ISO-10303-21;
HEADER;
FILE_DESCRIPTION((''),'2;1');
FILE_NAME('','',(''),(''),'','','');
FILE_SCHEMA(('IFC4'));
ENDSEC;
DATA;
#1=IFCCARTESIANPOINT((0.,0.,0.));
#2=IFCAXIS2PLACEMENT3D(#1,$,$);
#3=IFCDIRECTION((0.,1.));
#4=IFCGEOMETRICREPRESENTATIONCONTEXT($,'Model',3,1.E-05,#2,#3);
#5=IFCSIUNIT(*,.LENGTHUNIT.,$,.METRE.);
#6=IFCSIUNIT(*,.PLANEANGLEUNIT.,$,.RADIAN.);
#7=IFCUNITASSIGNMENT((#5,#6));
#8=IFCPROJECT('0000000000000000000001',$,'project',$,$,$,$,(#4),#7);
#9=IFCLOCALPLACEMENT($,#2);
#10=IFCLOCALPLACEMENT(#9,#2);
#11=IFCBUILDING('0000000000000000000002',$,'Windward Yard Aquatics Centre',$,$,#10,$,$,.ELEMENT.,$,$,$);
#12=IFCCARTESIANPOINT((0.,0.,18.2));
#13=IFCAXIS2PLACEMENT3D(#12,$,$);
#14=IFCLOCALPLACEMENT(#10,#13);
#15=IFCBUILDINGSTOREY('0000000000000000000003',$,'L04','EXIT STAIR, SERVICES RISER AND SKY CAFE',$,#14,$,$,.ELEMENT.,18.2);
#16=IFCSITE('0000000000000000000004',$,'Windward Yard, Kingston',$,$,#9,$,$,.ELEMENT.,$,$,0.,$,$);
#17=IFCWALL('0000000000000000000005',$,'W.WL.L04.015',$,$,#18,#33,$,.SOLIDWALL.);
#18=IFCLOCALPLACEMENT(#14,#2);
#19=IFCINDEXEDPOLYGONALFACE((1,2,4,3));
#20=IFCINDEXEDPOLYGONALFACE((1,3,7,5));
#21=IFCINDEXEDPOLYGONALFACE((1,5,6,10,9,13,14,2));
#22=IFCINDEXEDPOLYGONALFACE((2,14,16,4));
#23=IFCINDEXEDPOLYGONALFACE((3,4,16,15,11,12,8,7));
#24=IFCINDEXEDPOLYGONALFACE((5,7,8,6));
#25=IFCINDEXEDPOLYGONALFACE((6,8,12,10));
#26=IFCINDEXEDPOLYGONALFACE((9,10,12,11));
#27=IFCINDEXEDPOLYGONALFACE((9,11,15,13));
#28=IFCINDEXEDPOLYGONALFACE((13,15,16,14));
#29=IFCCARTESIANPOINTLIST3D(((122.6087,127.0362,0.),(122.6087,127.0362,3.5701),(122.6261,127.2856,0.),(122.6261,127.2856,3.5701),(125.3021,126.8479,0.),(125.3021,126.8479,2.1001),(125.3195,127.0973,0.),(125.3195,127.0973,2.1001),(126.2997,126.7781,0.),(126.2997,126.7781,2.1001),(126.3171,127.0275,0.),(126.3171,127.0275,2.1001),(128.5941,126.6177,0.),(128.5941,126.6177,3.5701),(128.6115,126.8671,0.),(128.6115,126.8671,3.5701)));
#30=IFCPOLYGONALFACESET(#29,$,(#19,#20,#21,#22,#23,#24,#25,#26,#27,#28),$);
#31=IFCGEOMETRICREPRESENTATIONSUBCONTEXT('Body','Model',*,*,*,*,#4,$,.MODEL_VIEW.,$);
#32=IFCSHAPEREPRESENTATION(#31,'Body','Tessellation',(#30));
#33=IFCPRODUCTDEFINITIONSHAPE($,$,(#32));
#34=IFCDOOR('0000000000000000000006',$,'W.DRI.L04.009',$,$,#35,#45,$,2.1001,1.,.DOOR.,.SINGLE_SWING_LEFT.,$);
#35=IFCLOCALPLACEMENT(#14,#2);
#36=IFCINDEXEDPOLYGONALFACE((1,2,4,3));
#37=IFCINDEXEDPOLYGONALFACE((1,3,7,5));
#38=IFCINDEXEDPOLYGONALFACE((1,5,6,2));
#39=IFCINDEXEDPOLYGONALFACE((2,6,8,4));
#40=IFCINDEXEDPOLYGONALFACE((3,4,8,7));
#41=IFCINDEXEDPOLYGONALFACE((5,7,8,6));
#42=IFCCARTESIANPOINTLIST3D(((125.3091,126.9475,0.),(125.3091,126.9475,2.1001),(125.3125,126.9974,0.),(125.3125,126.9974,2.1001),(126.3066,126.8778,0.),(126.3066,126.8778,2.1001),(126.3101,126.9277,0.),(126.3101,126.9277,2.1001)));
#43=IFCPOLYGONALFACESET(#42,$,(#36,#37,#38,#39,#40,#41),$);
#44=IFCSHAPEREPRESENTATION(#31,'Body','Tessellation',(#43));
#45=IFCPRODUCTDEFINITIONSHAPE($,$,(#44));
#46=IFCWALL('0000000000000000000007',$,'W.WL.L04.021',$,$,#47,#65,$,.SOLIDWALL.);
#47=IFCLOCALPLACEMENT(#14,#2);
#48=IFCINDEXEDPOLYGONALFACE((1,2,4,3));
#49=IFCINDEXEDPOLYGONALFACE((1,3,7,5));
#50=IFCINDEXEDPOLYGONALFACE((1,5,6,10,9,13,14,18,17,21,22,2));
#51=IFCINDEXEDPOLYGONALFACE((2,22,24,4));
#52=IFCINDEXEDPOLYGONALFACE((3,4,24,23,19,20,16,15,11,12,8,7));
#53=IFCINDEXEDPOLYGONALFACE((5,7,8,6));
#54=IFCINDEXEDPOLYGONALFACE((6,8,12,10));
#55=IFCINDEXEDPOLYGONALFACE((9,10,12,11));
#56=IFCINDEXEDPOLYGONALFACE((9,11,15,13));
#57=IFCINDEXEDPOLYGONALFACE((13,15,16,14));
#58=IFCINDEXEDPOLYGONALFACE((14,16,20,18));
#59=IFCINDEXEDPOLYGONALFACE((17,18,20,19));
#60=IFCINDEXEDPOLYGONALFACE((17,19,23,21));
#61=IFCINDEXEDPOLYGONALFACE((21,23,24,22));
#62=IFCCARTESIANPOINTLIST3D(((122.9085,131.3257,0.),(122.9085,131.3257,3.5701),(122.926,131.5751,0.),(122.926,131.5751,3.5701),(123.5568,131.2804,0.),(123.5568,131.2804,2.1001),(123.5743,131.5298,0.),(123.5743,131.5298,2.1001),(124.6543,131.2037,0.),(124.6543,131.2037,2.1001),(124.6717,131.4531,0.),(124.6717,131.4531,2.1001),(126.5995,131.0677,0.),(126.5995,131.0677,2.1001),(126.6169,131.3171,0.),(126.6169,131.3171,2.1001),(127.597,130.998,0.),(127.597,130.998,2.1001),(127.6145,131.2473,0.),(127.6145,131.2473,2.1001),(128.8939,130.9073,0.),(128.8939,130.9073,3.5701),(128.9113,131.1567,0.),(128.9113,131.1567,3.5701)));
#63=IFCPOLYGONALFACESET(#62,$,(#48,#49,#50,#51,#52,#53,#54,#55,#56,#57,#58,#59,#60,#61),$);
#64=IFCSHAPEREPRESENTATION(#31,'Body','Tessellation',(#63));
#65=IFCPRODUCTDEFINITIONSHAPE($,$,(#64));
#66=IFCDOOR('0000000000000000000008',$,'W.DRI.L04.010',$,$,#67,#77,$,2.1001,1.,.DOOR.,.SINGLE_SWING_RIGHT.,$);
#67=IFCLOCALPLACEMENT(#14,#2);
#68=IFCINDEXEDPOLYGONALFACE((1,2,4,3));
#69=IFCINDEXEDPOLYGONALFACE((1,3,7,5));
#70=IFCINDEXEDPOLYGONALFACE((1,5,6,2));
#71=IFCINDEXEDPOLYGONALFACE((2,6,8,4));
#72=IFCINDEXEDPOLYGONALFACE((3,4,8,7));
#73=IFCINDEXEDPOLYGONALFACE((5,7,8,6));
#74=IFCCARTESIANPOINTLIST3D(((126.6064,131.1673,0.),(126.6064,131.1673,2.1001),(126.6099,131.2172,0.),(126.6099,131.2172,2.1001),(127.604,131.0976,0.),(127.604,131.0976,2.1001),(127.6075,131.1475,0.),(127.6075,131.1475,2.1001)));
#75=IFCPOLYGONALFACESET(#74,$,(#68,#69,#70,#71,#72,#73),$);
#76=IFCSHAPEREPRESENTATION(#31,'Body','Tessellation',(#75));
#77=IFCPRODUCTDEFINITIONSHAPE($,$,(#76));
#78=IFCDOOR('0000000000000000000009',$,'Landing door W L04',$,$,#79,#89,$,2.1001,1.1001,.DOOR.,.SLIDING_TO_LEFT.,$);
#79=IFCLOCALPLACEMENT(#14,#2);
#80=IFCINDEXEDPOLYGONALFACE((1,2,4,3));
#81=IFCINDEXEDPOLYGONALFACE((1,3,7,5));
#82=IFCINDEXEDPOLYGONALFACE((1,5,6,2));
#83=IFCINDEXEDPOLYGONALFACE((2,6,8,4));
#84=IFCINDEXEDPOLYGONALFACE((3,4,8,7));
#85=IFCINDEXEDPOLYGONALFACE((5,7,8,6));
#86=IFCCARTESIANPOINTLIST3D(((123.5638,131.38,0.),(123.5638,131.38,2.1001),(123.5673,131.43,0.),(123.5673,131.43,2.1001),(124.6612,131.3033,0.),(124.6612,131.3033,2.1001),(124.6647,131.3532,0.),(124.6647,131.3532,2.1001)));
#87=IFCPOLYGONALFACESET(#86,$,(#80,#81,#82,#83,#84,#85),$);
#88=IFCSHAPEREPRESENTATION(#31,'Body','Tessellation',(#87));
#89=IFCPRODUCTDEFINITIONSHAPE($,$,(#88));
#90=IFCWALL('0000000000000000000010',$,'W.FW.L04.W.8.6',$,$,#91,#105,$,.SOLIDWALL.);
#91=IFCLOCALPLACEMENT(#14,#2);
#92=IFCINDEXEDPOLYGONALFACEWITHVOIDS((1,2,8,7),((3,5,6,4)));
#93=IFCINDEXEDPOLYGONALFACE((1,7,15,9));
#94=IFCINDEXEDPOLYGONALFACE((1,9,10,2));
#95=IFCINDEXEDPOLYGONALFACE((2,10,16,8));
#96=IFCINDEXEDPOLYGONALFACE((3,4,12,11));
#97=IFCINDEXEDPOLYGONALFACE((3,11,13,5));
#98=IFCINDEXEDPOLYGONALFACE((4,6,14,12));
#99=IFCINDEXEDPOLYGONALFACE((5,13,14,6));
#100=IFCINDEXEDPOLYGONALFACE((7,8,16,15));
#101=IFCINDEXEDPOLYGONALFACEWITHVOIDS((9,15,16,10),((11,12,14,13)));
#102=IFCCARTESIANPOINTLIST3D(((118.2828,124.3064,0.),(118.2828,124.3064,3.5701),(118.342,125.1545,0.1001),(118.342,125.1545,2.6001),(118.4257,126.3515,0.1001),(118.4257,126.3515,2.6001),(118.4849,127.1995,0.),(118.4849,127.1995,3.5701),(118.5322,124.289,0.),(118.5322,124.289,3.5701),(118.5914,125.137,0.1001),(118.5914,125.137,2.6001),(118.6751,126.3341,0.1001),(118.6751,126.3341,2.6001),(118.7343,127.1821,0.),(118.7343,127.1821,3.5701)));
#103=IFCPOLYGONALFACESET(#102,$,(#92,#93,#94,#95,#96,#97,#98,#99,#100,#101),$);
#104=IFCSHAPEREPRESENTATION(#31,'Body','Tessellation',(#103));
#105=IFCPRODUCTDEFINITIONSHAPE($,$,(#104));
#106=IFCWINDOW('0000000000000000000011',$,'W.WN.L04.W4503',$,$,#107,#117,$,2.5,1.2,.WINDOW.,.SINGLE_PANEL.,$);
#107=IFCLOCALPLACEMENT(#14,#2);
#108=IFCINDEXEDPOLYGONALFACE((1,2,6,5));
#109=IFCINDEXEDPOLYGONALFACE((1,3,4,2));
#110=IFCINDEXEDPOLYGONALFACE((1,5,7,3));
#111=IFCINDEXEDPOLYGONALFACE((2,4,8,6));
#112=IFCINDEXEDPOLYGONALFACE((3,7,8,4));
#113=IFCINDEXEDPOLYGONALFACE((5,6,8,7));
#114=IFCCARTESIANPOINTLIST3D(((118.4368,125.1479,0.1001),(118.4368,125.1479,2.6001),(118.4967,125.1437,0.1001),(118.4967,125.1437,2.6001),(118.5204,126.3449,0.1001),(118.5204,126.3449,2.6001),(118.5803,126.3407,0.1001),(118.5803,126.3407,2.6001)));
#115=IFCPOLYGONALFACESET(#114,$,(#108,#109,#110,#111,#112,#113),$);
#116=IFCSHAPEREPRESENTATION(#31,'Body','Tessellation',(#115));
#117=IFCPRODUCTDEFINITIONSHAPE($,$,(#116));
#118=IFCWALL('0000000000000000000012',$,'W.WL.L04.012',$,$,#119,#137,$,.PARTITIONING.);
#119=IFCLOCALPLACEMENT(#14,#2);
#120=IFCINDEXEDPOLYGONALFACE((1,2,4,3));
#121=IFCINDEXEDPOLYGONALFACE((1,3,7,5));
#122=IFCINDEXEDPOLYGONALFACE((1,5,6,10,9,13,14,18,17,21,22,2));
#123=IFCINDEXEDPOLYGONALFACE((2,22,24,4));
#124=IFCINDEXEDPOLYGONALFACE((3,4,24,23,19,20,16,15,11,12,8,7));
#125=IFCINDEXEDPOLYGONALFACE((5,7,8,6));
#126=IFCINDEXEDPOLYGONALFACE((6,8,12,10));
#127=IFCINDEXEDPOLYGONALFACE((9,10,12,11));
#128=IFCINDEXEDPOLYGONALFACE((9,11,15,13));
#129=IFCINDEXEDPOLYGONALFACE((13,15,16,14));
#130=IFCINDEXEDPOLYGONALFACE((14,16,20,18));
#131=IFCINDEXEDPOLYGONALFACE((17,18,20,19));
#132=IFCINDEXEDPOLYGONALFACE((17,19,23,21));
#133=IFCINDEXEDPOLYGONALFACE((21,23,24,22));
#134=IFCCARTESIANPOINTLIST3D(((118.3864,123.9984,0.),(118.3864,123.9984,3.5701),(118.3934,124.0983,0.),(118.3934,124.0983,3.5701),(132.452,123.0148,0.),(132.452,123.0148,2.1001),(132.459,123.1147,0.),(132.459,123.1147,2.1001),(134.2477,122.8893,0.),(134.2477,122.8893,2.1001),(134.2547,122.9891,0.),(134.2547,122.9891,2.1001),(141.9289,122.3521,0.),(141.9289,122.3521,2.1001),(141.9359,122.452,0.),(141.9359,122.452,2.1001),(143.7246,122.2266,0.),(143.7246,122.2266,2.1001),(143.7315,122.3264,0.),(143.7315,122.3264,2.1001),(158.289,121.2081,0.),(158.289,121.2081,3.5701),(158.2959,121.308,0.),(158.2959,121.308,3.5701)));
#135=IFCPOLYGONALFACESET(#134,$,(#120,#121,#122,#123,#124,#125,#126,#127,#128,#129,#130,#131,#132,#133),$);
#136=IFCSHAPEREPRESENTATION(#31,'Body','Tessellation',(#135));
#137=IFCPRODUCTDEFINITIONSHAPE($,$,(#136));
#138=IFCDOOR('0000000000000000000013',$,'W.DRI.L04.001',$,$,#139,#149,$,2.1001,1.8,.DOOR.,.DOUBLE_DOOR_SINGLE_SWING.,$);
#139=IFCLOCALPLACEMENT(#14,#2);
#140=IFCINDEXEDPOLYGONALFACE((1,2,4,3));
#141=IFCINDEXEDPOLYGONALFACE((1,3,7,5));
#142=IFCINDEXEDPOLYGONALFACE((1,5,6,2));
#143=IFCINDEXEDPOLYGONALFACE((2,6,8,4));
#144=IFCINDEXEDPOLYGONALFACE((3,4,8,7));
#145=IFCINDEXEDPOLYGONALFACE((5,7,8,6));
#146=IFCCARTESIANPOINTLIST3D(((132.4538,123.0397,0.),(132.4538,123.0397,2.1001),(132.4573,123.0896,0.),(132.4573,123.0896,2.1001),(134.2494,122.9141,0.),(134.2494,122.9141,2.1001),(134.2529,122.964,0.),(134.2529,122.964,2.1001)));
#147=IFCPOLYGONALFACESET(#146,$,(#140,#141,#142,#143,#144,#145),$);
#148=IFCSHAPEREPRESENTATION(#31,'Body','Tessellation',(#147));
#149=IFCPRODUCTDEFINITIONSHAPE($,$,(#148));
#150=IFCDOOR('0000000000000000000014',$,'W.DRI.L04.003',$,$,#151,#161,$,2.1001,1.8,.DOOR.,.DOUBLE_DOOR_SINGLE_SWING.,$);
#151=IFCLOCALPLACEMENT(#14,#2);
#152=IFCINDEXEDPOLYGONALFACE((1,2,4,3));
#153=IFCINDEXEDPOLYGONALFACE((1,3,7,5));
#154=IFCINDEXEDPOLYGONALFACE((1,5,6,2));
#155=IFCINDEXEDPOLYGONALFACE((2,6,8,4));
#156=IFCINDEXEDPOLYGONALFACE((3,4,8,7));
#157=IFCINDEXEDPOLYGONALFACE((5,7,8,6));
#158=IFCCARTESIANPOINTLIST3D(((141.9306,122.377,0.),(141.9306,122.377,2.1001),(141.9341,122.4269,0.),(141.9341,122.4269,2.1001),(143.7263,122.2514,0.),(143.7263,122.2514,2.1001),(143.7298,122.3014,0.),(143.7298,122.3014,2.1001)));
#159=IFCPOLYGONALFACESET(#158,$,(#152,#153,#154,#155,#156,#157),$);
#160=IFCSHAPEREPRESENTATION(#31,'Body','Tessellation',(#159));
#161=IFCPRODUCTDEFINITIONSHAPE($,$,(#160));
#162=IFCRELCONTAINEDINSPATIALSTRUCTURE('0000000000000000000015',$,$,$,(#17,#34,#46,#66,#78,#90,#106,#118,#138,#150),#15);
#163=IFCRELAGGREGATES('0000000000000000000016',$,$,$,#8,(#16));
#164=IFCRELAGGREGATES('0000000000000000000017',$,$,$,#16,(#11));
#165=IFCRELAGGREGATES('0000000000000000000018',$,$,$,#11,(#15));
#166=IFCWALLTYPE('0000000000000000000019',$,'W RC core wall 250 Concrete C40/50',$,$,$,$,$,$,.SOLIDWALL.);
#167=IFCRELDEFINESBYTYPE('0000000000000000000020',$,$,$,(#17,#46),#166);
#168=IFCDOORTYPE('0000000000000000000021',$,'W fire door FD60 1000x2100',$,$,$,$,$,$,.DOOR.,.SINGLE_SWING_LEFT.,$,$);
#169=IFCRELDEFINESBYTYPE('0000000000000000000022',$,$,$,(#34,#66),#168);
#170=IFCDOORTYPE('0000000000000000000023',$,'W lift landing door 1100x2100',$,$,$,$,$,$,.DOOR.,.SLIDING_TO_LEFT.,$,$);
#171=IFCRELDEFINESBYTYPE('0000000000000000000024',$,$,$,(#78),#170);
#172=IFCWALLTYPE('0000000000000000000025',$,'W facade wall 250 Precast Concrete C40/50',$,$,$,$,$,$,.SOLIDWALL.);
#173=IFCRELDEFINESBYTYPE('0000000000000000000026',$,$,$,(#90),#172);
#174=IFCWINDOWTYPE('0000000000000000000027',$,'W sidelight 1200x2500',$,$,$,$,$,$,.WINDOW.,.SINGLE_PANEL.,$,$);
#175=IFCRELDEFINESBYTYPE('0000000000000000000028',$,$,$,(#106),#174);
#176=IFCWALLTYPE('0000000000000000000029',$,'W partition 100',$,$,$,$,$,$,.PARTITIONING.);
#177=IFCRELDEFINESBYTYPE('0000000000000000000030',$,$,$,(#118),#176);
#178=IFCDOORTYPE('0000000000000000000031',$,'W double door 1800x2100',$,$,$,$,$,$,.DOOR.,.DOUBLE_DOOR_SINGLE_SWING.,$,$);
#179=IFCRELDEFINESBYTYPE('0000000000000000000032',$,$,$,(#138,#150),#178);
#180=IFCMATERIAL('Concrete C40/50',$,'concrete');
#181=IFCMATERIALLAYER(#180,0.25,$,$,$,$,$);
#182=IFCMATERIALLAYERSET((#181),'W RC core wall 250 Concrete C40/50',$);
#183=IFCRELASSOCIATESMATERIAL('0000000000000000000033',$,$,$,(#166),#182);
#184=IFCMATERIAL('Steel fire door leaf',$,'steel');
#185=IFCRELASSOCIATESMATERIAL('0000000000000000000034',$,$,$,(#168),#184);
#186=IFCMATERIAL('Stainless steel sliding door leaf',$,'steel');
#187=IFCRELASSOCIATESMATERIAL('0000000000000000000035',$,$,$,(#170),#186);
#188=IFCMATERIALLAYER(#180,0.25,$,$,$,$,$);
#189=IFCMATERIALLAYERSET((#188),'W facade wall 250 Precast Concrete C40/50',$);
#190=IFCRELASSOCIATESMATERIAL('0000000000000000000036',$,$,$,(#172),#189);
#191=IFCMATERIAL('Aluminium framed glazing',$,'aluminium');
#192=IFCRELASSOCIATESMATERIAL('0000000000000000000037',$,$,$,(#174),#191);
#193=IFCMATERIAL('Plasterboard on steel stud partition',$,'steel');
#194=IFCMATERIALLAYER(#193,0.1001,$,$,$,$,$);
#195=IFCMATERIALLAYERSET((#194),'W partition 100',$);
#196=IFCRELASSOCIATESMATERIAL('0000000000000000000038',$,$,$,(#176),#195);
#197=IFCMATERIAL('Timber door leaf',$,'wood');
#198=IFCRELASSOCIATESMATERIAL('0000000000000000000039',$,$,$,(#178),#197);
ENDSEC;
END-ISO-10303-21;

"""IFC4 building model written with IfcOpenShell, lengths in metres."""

from ifc_helpers import new_model, si_unit, direction, frame, frame_2d, origin, place, context, subcontext, project, spatial, rectangle, extrude, material, layer, layer_set, type_object, element, fill, save


model = new_model("IFC4")

# Units and contexts
model_context = context("Model", 3, precision=1e-05, world=origin(), true_north=direction((0.0, 1.0)))
body_context = subcontext(model_context, "Body", "Model", "MODEL_VIEW")
ifc_project = project(units=[si_unit("LENGTHUNIT", "METRE"), si_unit("PLANEANGLEUNIT", "RADIAN")], contexts=[model_context])

# Site, building, storey
site_placement = place(None, origin())
site = spatial("IfcSite", under=ifc_project, at=site_placement, Name="Windward Yard, Kingston", CompositionType="ELEMENT", RefElevation=0.0)
building_placement = place(site_placement, origin())
building = spatial("IfcBuilding", under=site, at=building_placement, Name="Windward Yard Aquatics Centre", CompositionType="ELEMENT")
storey_placement = place(building_placement, frame((0.0, 0.0, 18.2)))
storey = spatial("IfcBuildingStorey", under=building, at=storey_placement, Name="L04", Description="EXIT STAIR, SERVICES RISER AND SKY CAFE", CompositionType="ELEMENT", Elevation=18.2)

# Shared definitions
ifc_material_1 = material(Name="Concrete C40/50", Category="concrete")

# Shared definitions
ifc_layer_1 = layer(ifc_material_1, 0.25)
ifc_layer_set_1 = layer_set([ifc_layer_1], Name="W RC core wall 250 Concrete C40/50")
wall_type_1 = type_object("IfcWallType", Name="W RC core wall 250 Concrete C40/50", PredefinedType="SOLIDWALL", material=ifc_layer_set_1)

# Wall, opening, door
ifc_material_2 = material(Name="Steel fire door leaf", Category="steel")
wall_1_placement = place(storey_placement, frame((122.6174, 127.1609, 0.0), z_axis=(0.0, 0.0, 1.0), x_axis=(0.997565, -0.069743, 0.0)))
wall_1 = element("IfcWall", 1, at=wall_1_placement, inside=storey, type_object=wall_type_1, Name="W.WL.L04.015", PredefinedType="SOLIDWALL", context=body_context, shape_type="SweptSolid", body=[
    extrude(rectangle(XDim=6.0, YDim=0.25, at=frame_2d((3.0, 0.0))), origin(), (0.0, 0.0, 1.0), 3.5701),
])
opening_1_placement = place(wall_1_placement, frame((2.7, 0.0, 0.0)))
opening_1 = element("IfcOpeningElement", 2, at=opening_1_placement, cuts=wall_1, PredefinedType="OPENING", context=body_context, shape_type="SweptSolid", body=[
    extrude(rectangle(XDim=1.0, YDim=2.1001, at=frame_2d((0.5, 1.05))), frame((0.0, 0.135, 0.0), z_axis=(0.0, -1.0, 0.0), x_axis=(1.0, 0.0, 0.0)), (0.0, 0.0, 1.0), 0.27),
])
door_type_1 = type_object("IfcDoorType", Name="W fire door FD60 1000x2100", OperationType="SINGLE_SWING_LEFT", PredefinedType="DOOR", material=ifc_material_2)
door_1_placement = place(opening_1_placement, origin())
door_1 = element("IfcDoor", 3, at=door_1_placement, inside=storey, type_object=door_type_1, Name="W.DRI.L04.009", OperationType="SINGLE_SWING_LEFT", OverallHeight=2.1001, OverallWidth=1.0, PredefinedType="DOOR", context=body_context, shape_type="SweptSolid", body=[
    extrude(rectangle(XDim=1.0, YDim=2.1001, at=frame_2d((0.5, 1.05))), frame((0.0, 0.0249, 0.0), z_axis=(0.0, -1.0, 0.0), x_axis=(1.0, 0.0, 0.0)), (0.0, 0.0, 1.0), 0.05),
])
fill(opening_1, door_1)

# Wall, openings, doors
wall_2_placement = place(storey_placement, frame((122.9172, 131.4504, 0.0), z_axis=(0.0, 0.0, 1.0), x_axis=(0.997565, -0.069743, 0.0)))
wall_2 = element("IfcWall", 4, at=wall_2_placement, inside=storey, type_object=wall_type_1, Name="W.WL.L04.021", PredefinedType="SOLIDWALL", context=body_context, shape_type="SweptSolid", body=[
    extrude(rectangle(XDim=6.0, YDim=0.25, at=frame_2d((3.0, 0.0))), origin(), (0.0, 0.0, 1.0), 3.5701),
])
opening_2_placement = place(wall_2_placement, frame((3.7, 0.0, 0.0)))
opening_2 = element("IfcOpeningElement", 5, at=opening_2_placement, cuts=wall_2, PredefinedType="OPENING", context=body_context, shape_type="SweptSolid", body=[
    extrude(rectangle(XDim=1.0, YDim=2.1001, at=frame_2d((0.5, 1.05))), frame((0.0, 0.135, 0.0), z_axis=(0.0, -1.0, 0.0), x_axis=(1.0, 0.0, 0.0)), (0.0, 0.0, 1.0), 0.27),
])
opening_3_placement = place(wall_2_placement, frame((0.6499, 0.0, 0.0)))
opening_3 = element("IfcOpeningElement", 6, at=opening_3_placement, cuts=wall_2, PredefinedType="OPENING", context=body_context, shape_type="SweptSolid", body=[
    extrude(rectangle(XDim=1.1001, YDim=2.1001, at=frame_2d((0.55, 1.05))), frame((0.0, 0.135, 0.0), z_axis=(0.0, -1.0, 0.0), x_axis=(1.0, 0.0, 0.0)), (0.0, 0.0, 1.0), 0.27),
])
door_2_placement = place(opening_2_placement, origin())
door_2 = element("IfcDoor", 7, at=door_2_placement, inside=storey, type_object=door_type_1, Name="W.DRI.L04.010", OperationType="SINGLE_SWING_RIGHT", OverallHeight=2.1001, OverallWidth=1.0, PredefinedType="DOOR", context=body_context, shape_type="SweptSolid", body=[
    extrude(rectangle(XDim=1.0, YDim=2.1001, at=frame_2d((0.5, 1.05))), frame((0.0, 0.0249, 0.0), z_axis=(0.0, -1.0, 0.0), x_axis=(1.0, 0.0, 0.0)), (0.0, 0.0, 1.0), 0.05),
])
fill(opening_2, door_2)
ifc_material_3 = material(Name="Stainless steel sliding door leaf", Category="steel")
door_type_2 = type_object("IfcDoorType", Name="W lift landing door 1100x2100", OperationType="SLIDING_TO_LEFT", PredefinedType="DOOR", material=ifc_material_3)
door_3_placement = place(opening_3_placement, origin())
door_3 = element("IfcDoor", 8, at=door_3_placement, inside=storey, type_object=door_type_2, Name="Landing door W L04", OperationType="SLIDING_TO_LEFT", OverallHeight=2.1001, OverallWidth=1.1001, PredefinedType="DOOR", context=body_context, shape_type="SweptSolid", body=[
    extrude(rectangle(XDim=1.1001, YDim=2.1001, at=frame_2d((0.55, 1.05))), frame((0.0, 0.0249, 0.0), z_axis=(0.0, -1.0, 0.0), x_axis=(1.0, 0.0, 0.0)), (0.0, 0.0, 1.0), 0.05),
])
fill(opening_3, door_3)

# Wall, opening, window
ifc_layer_2 = layer(ifc_material_1, 0.25)
ifc_layer_set_2 = layer_set([ifc_layer_2], Name="W facade wall 250 Precast Concrete C40/50")
wall_type_2 = type_object("IfcWallType", Name="W facade wall 250 Precast Concrete C40/50", PredefinedType="SOLIDWALL", material=ifc_layer_set_2)
wall_3_placement = place(storey_placement, frame((118.4075, 124.2976, 0.0), z_axis=(0.0, 0.0, 1.0), x_axis=(0.069703, 0.997568, 0.0)))
wall_3 = element("IfcWall", 9, at=wall_3_placement, inside=storey, type_object=wall_type_2, Name="W.FW.L04.W.8.6", PredefinedType="SOLIDWALL", context=body_context, shape_type="SweptSolid", body=[
    extrude(rectangle(XDim=2.9001, YDim=0.25, at=frame_2d((1.4502, 0.0))), origin(), (0.0, 0.0, 1.0), 3.5701),
])
opening_4_placement = place(wall_3_placement, frame((0.8501, 0.0, 0.1001)))
opening_4 = element("IfcOpeningElement", 10, at=opening_4_placement, cuts=wall_3, PredefinedType="OPENING", context=body_context, shape_type="SweptSolid", body=[
    extrude(rectangle(XDim=1.2, YDim=2.5, at=frame_2d((0.6001, 1.25))), frame((0.0, 0.135, 0.0), z_axis=(0.0, -1.0, 0.0), x_axis=(1.0, 0.0, 0.0)), (0.0, 0.0, 1.0), 0.27),
])
ifc_material_4 = material(Name="Aluminium framed glazing", Category="aluminium")
window_type = type_object("IfcWindowType", Name="W sidelight 1200x2500", PartitioningType="SINGLE_PANEL", PredefinedType="WINDOW", material=ifc_material_4)
window_placement = place(opening_4_placement, origin())
window = element("IfcWindow", 11, at=window_placement, inside=storey, type_object=window_type, Name="W.WN.L04.W4503", OverallHeight=2.5, OverallWidth=1.2, PartitioningType="SINGLE_PANEL", PredefinedType="WINDOW", context=body_context, shape_type="SweptSolid", body=[
    extrude(rectangle(XDim=1.2, YDim=2.5, at=frame_2d((0.6001, 1.25))), frame((0.0, 0.03, 0.0), z_axis=(0.0, -1.0, 0.0), x_axis=(1.0, 0.0, 0.0)), (0.0, 0.0, 1.0), 0.0601),
])
fill(opening_4, window)

# Wall, openings, doors
ifc_material_5 = material(Name="Plasterboard on steel stud partition", Category="steel")
ifc_layer_3 = layer(ifc_material_5, 0.1001)
ifc_layer_set_3 = layer_set([ifc_layer_3], Name="W partition 100")
wall_type_3 = type_object("IfcWallType", Name="W partition 100", PredefinedType="PARTITIONING", material=ifc_layer_set_3)
wall_4_placement = place(storey_placement, frame((118.3899, 124.0483, 0.0), z_axis=(0.0, 0.0, 1.0), x_axis=(0.997564, -0.069757, 0.0)))
wall_4 = element("IfcWall", 12, at=wall_4_placement, inside=storey, type_object=wall_type_3, Name="W.WL.L04.012", PredefinedType="PARTITIONING", context=body_context, shape_type="SweptSolid", body=[
    extrude(rectangle(XDim=40.0, YDim=0.1001, at=frame_2d((20.0, 0.0))), origin(), (0.0, 0.0, 1.0), 3.5701),
])
opening_5_placement = place(wall_4_placement, frame((14.1001, 0.0, 0.0)))
opening_5 = element("IfcOpeningElement", 13, at=opening_5_placement, cuts=wall_4, PredefinedType="OPENING", context=body_context, shape_type="SweptSolid", body=[
    extrude(rectangle(XDim=1.8, YDim=2.1001, at=frame_2d((0.8999, 1.05))), frame((0.0, 0.0601, 0.0), z_axis=(0.0, -1.0, 0.0), x_axis=(1.0, 0.0, 0.0)), (0.0, 0.0, 1.0), 0.1201),
])
opening_6_placement = place(wall_4_placement, frame((23.6001, 0.0, 0.0)))
opening_6 = element("IfcOpeningElement", 14, at=opening_6_placement, cuts=wall_4, PredefinedType="OPENING", context=body_context, shape_type="SweptSolid", body=[
    extrude(rectangle(XDim=1.8, YDim=2.1001, at=frame_2d((0.8999, 1.05))), frame((0.0, 0.0601, 0.0), z_axis=(0.0, -1.0, 0.0), x_axis=(1.0, 0.0, 0.0)), (0.0, 0.0, 1.0), 0.1201),
])
ifc_material_6 = material(Name="Timber door leaf", Category="wood")
door_type_3 = type_object("IfcDoorType", Name="W double door 1800x2100", OperationType="DOUBLE_DOOR_SINGLE_SWING", PredefinedType="DOOR", material=ifc_material_6)
door_4_placement = place(opening_5_placement, origin())
door_4 = element("IfcDoor", 15, at=door_4_placement, inside=storey, type_object=door_type_3, Name="W.DRI.L04.001", OperationType="DOUBLE_DOOR_SINGLE_SWING", OverallHeight=2.1001, OverallWidth=1.8, PredefinedType="DOOR", context=body_context, shape_type="SweptSolid", body=[
    extrude(rectangle(XDim=1.8, YDim=2.1001, at=frame_2d((0.8999, 1.05))), frame((0.0, 0.0249, 0.0), z_axis=(0.0, -1.0, 0.0), x_axis=(1.0, 0.0, 0.0)), (0.0, 0.0, 1.0), 0.05),
])
fill(opening_5, door_4)
door_5_placement = place(opening_6_placement, origin())
door_5 = element("IfcDoor", 16, at=door_5_placement, inside=storey, type_object=door_type_3, Name="W.DRI.L04.003", OperationType="DOUBLE_DOOR_SINGLE_SWING", OverallHeight=2.1001, OverallWidth=1.8, PredefinedType="DOOR", context=body_context, shape_type="SweptSolid", body=[
    extrude(rectangle(XDim=1.8, YDim=2.1001, at=frame_2d((0.8999, 1.05))), frame((0.0, 0.0249, 0.0), z_axis=(0.0, -1.0, 0.0), x_axis=(1.0, 0.0, 0.0)), (0.0, 0.0, 1.0), 0.05),
])
fill(opening_6, door_5)

save(model, "model.ifc")
